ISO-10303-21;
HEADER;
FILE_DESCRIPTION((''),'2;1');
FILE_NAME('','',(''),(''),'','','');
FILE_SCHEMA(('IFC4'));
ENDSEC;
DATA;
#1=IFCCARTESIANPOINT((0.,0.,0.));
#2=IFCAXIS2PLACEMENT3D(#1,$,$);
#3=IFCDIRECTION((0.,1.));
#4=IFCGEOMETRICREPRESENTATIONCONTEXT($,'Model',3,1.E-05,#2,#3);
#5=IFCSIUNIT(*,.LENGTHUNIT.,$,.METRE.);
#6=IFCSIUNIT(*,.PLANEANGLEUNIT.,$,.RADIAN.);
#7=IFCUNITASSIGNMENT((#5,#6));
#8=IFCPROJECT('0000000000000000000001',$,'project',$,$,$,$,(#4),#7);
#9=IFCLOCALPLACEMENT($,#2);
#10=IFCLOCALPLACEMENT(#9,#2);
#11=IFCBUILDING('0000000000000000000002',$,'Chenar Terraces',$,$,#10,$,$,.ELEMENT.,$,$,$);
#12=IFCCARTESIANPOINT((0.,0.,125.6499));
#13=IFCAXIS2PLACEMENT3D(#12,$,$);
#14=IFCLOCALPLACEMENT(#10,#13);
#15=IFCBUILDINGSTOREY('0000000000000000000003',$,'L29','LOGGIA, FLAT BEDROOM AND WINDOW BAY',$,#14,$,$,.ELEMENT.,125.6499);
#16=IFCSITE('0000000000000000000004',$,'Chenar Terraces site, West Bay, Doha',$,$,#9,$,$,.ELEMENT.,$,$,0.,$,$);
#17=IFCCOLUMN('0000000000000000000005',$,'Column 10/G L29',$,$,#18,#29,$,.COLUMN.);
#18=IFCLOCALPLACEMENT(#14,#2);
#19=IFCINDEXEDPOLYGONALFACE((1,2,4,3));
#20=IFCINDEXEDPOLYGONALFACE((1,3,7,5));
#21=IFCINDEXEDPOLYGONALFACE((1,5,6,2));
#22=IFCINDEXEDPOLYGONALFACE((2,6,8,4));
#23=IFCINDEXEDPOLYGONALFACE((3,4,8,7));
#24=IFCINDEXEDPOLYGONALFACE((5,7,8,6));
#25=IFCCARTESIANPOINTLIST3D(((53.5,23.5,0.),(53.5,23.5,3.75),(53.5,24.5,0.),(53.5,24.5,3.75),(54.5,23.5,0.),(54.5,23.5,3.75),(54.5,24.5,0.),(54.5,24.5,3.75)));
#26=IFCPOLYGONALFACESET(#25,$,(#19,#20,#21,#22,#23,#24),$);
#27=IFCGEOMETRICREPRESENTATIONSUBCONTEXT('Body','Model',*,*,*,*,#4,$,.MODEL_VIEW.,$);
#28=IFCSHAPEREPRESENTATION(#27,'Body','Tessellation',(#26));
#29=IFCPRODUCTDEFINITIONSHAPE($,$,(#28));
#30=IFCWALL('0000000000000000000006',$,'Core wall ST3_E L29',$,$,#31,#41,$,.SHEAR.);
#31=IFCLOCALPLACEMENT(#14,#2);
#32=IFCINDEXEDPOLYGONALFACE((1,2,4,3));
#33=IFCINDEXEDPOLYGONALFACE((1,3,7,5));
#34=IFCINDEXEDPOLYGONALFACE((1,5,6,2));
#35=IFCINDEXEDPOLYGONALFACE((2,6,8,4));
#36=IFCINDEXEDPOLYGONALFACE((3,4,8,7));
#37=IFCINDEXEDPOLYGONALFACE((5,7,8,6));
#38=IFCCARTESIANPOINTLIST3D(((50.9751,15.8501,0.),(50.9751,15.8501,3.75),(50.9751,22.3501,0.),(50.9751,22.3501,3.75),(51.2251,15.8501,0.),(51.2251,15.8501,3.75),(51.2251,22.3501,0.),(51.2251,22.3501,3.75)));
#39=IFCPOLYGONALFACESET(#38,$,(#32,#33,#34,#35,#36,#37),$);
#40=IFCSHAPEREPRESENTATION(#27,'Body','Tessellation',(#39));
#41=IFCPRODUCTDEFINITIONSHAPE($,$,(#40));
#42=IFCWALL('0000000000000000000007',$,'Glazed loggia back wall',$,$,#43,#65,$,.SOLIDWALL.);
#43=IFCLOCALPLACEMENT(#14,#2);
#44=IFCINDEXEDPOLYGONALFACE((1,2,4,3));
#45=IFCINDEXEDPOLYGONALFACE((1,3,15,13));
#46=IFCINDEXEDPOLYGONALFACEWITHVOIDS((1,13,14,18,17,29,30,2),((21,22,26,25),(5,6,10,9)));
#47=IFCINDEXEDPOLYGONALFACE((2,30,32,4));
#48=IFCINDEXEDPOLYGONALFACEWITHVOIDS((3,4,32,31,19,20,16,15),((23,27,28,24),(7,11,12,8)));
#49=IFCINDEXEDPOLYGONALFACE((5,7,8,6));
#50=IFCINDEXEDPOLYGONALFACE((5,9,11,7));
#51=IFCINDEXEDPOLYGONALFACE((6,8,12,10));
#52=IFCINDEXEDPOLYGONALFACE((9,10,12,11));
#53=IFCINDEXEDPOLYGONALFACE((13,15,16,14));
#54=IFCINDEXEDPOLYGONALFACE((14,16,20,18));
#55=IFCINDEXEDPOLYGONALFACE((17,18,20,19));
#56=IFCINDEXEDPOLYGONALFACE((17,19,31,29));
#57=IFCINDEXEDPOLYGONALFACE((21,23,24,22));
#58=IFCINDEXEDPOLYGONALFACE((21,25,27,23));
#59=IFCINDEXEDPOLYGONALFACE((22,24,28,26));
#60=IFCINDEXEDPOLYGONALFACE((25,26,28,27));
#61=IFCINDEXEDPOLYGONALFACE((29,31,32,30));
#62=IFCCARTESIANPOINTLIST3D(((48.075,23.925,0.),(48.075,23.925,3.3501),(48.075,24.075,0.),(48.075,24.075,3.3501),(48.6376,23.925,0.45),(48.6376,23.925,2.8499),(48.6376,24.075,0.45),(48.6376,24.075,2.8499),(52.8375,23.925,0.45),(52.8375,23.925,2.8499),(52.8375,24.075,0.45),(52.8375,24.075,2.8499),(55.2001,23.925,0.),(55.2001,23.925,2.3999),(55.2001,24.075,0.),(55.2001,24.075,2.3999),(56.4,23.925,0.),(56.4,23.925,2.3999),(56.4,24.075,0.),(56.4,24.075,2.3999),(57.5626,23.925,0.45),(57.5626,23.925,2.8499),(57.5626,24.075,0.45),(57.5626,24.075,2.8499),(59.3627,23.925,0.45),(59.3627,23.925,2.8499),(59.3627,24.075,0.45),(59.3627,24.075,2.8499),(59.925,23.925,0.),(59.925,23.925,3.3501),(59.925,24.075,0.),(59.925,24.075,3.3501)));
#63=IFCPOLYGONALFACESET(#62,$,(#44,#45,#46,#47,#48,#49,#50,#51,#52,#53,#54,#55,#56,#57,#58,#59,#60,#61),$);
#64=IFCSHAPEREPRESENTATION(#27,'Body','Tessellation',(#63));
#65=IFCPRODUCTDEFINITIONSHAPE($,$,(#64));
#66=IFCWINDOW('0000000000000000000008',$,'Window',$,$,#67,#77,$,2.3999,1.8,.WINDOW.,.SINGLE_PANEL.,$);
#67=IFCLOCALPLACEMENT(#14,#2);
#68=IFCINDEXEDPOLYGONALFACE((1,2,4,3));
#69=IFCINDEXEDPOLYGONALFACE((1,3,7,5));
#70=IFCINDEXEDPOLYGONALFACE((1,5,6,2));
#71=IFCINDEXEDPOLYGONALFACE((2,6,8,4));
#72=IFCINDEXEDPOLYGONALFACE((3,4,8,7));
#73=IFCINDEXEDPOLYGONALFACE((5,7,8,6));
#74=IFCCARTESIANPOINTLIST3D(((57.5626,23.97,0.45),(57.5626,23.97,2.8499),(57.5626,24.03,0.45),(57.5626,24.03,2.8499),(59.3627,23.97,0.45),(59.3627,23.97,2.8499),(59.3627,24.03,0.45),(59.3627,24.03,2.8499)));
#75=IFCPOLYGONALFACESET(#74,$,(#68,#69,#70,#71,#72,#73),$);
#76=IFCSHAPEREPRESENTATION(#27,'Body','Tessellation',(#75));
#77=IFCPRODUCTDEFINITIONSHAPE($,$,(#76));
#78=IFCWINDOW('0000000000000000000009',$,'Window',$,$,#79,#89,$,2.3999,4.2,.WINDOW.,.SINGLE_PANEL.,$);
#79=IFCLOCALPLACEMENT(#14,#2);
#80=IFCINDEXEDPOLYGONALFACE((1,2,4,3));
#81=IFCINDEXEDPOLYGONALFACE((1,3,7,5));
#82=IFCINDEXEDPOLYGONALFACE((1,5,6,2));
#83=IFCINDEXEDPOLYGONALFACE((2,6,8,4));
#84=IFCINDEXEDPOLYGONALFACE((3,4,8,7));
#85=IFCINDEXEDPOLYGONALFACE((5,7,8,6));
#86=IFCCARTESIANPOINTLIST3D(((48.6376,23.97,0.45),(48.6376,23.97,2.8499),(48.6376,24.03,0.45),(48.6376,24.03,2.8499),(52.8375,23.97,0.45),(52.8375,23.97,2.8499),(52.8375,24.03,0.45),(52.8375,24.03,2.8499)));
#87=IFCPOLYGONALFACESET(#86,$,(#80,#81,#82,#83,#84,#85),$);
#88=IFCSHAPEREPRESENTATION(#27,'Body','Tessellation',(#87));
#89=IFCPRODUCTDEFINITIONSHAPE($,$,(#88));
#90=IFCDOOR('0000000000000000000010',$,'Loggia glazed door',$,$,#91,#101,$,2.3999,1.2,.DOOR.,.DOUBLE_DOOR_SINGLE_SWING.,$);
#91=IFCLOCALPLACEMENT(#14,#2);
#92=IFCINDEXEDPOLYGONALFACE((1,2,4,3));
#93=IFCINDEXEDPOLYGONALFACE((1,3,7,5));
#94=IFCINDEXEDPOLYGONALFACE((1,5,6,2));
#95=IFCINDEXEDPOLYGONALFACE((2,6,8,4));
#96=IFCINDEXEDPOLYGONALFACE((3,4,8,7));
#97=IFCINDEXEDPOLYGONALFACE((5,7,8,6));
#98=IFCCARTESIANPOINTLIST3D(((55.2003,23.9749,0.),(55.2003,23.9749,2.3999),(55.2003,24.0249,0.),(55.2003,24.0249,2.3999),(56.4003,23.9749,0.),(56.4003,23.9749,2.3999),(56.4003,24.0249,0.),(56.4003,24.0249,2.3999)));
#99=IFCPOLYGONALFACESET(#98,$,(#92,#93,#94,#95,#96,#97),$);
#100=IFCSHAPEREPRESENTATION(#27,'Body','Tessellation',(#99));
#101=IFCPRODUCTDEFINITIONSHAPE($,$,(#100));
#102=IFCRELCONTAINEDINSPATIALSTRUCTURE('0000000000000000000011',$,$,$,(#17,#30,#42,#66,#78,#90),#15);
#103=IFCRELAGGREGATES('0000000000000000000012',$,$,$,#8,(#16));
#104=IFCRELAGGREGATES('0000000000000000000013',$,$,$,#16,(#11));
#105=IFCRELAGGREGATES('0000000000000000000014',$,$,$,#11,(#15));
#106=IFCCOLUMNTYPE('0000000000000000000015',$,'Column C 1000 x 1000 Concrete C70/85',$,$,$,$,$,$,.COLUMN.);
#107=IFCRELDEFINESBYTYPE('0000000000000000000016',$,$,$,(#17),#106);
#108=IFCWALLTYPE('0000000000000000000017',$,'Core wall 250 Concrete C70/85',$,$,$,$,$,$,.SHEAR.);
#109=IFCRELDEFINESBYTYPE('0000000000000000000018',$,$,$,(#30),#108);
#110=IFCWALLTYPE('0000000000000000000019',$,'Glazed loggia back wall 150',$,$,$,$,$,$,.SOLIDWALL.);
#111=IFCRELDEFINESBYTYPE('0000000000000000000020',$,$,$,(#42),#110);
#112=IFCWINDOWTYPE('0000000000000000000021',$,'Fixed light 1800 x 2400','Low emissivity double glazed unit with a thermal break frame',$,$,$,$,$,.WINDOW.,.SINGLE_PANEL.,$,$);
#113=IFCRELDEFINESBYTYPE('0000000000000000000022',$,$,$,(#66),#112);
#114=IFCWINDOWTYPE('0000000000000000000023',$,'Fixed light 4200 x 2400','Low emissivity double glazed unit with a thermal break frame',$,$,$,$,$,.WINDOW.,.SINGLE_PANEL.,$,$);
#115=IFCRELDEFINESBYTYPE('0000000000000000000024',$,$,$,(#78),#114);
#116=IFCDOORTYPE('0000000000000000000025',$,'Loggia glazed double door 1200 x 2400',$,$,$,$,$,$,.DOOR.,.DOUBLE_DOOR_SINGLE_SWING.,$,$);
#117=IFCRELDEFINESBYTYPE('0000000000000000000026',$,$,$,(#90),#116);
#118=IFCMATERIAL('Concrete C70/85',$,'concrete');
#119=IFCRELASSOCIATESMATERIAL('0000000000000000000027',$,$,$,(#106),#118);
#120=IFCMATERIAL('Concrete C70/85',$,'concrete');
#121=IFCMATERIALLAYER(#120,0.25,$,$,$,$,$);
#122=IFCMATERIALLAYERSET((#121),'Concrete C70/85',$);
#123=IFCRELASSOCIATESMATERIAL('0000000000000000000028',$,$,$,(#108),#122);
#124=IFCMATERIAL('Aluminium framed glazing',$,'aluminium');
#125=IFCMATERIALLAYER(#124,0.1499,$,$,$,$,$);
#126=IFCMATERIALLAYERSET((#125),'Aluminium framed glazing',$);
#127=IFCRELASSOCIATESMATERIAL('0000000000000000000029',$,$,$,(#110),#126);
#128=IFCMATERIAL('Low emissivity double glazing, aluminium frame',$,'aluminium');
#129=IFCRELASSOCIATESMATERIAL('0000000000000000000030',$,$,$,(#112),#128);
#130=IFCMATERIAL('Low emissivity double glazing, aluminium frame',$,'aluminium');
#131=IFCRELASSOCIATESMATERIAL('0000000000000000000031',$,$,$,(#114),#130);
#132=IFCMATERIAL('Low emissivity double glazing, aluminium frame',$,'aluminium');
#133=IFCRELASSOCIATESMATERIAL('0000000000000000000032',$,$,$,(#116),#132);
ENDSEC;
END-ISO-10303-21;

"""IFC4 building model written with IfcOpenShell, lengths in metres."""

from ifc_helpers import new_model, si_unit, direction, frame, frame_2d, origin, origin_2d, place, context, subcontext, project, spatial, rectangle, extrude, material, layer, layer_set, material_profile, profile_set, type_object, element, fill, save


model = new_model("IFC4")

# Units and contexts
model_context = context("Model", 3, precision=1e-05, world=origin(), true_north=direction((0.0, 1.0)))
body_context = subcontext(model_context, "Body", "Model", "MODEL_VIEW")
ifc_project = project(units=[si_unit("LENGTHUNIT", "METRE"), si_unit("PLANEANGLEUNIT", "RADIAN")], contexts=[model_context])

# Site, building, storey
site_placement = place(None, origin())
site = spatial("IfcSite", under=ifc_project, at=site_placement, Name="Chenar Terraces site, West Bay, Doha", CompositionType="ELEMENT", RefElevation=0.0)
building_placement = place(site_placement, origin())
building = spatial("IfcBuilding", under=site, at=building_placement, Name="Chenar Terraces", CompositionType="ELEMENT")
storey_placement = place(building_placement, frame((0.0, 0.0, 125.6499)))
storey = spatial("IfcBuildingStorey", under=building, at=storey_placement, Name="L29", Description="LOGGIA, FLAT BEDROOM AND WINDOW BAY", CompositionType="ELEMENT", Elevation=125.6499)

# Column
ifc_material_1 = material(Name="Concrete C70/85", Category="concrete")
ifc_material_profile = material_profile(ifc_material_1, rectangle(XDim=1.0, YDim=1.0, at=origin_2d()), Name="C 1000 x 1000")
ifc_profile_set = profile_set([ifc_material_profile], Name="Concrete C70/85")
column_type = type_object("IfcColumnType", Name="Column C 1000 x 1000 Concrete C70/85", PredefinedType="COLUMN", material=ifc_profile_set)
column_placement = place(storey_placement, frame((54.0, 24.0, 0.0), z_axis=(0.0, 0.0, 1.0), x_axis=(1.0, 0.0, 0.0)))
element("IfcColumn", 1, at=column_placement, inside=storey, type_object=column_type, Name="Column 10/G L29", PredefinedType="COLUMN", context=body_context, shape_type="SweptSolid", body=[
    extrude(rectangle(XDim=1.0, YDim=1.0, at=origin_2d()), origin(), (0.0, 0.0, 1.0), 3.75),
])

# Wall
ifc_material_2 = material(Name="Concrete C70/85", Category="concrete")
ifc_layer_1 = layer(ifc_material_2, 0.25)
ifc_layer_set_1 = layer_set([ifc_layer_1], Name="Concrete C70/85")
wall_type_1 = type_object("IfcWallType", Name="Core wall 250 Concrete C70/85", PredefinedType="SHEAR", material=ifc_layer_set_1)
wall_1_placement = place(storey_placement, frame((51.1001, 15.8501, 0.0), z_axis=(0.0, 0.0, 1.0), x_axis=(0.0, 1.0, 0.0)))
element("IfcWall", 2, at=wall_1_placement, inside=storey, type_object=wall_type_1, Name="Core wall ST3_E L29", PredefinedType="SHEAR", context=body_context, shape_type="SweptSolid", body=[
    extrude(rectangle(XDim=6.5, YDim=0.25, at=frame_2d((3.25, 0.0))), origin(), (0.0, 0.0, 1.0), 3.75),
])

# Wall, openings, windows, door
ifc_material_3 = material(Name="Aluminium framed glazing", Category="aluminium")
ifc_layer_2 = layer(ifc_material_3, 0.1499)
ifc_layer_set_2 = layer_set([ifc_layer_2], Name="Aluminium framed glazing")
wall_type_2 = type_object("IfcWallType", Name="Glazed loggia back wall 150", PredefinedType="SOLIDWALL", material=ifc_layer_set_2)
wall_2_placement = place(storey_placement, frame((59.925, 24.0, 0.0), z_axis=(0.0, 0.0, 1.0), x_axis=(-1.0, 0.0, 0.0)))
wall_2 = element("IfcWall", 3, at=wall_2_placement, inside=storey, type_object=wall_type_2, Name="Glazed loggia back wall", PredefinedType="SOLIDWALL", context=body_context, shape_type="SweptSolid", body=[
    extrude(rectangle(XDim=11.8501, YDim=0.1499, at=frame_2d((5.925, 0.0))), origin(), (0.0, 0.0, 1.0), 3.3501),
])
opening_1_placement = place(wall_2_placement, frame((0.5625, 0.0, 0.45)))
opening_1 = element("IfcOpeningElement", 4, at=opening_1_placement, cuts=wall_2, PredefinedType="OPENING", context=body_context, shape_type="SweptSolid", body=[
    extrude(rectangle(XDim=1.8, YDim=2.3999, at=frame_2d((0.8999, 1.2))), frame((0.0, 0.085, 0.0), z_axis=(0.0, -1.0, 0.0), x_axis=(1.0, 0.0, 0.0)), (0.0, 0.0, 1.0), 0.1699),
])
opening_2_placement = place(wall_2_placement, frame((3.5249, 0.0, 0.0)))
opening_2 = element("IfcOpeningElement", 5, at=opening_2_placement, cuts=wall_2, PredefinedType="OPENING", context=body_context, shape_type="SweptSolid", body=[
    extrude(rectangle(XDim=1.2, YDim=2.3999, at=frame_2d((0.6001, 1.2))), frame((0.0, 0.085, 0.0), z_axis=(0.0, -1.0, 0.0), x_axis=(1.0, 0.0, 0.0)), (0.0, 0.0, 1.0), 0.1699),
])
opening_3_placement = place(wall_2_placement, frame((7.0874, 0.0, 0.45)))
opening_3 = element("IfcOpeningElement", 6, at=opening_3_placement, cuts=wall_2, PredefinedType="OPENING", context=body_context, shape_type="SweptSolid", body=[
    extrude(rectangle(XDim=4.2, YDim=2.3999, at=frame_2d((2.1001, 1.2))), frame((0.0, 0.085, 0.0), z_axis=(0.0, -1.0, 0.0), x_axis=(1.0, 0.0, 0.0)), (0.0, 0.0, 1.0), 0.1699),
])
ifc_material_4 = material(Name="Low emissivity double glazing, aluminium frame", Category="aluminium")
window_type_1 = type_object("IfcWindowType", Name="Fixed light 1800 x 2400", Description="Low emissivity double glazed unit with a thermal break frame", PartitioningType="SINGLE_PANEL", PredefinedType="WINDOW", material=ifc_material_4)
window_1_placement = place(opening_1_placement, origin())
window_1 = element("IfcWindow", 7, at=window_1_placement, inside=storey, type_object=window_type_1, Name="Window", OverallHeight=2.3999, OverallWidth=1.8, PartitioningType="SINGLE_PANEL", PredefinedType="WINDOW", context=body_context, shape_type="SweptSolid", body=[
    extrude(rectangle(XDim=1.8, YDim=2.3999, at=frame_2d((0.8999, 1.2))), frame((0.0, 0.03, 0.0), z_axis=(0.0, -1.0, 0.0), x_axis=(1.0, 0.0, 0.0)), (0.0, 0.0, 1.0), 0.0601),
])
fill(opening_1, window_1)
ifc_material_5 = material(Name="Low emissivity double glazing, aluminium frame", Category="aluminium")
window_type_2 = type_object("IfcWindowType", Name="Fixed light 4200 x 2400", Description="Low emissivity double glazed unit with a thermal break frame", PartitioningType="SINGLE_PANEL", PredefinedType="WINDOW", material=ifc_material_5)
window_2_placement = place(opening_3_placement, origin())
window_2 = element("IfcWindow", 8, at=window_2_placement, inside=storey, type_object=window_type_2, Name="Window", OverallHeight=2.3999, OverallWidth=4.2, PartitioningType="SINGLE_PANEL", PredefinedType="WINDOW", context=body_context, shape_type="SweptSolid", body=[
    extrude(rectangle(XDim=4.2, YDim=2.3999, at=frame_2d((2.1001, 1.2))), frame((0.0, 0.03, 0.0), z_axis=(0.0, -1.0, 0.0), x_axis=(1.0, 0.0, 0.0)), (0.0, 0.0, 1.0), 0.0601),
])
fill(opening_3, window_2)
ifc_material_6 = material(Name="Low emissivity double glazing, aluminium frame", Category="aluminium")
door_type_1 = type_object("IfcDoorType", Name="Loggia glazed double door 1200 x 2400", OperationType="DOUBLE_DOOR_SINGLE_SWING", PredefinedType="DOOR", material=ifc_material_6)
door_1_placement = place(opening_2_placement, frame((1.2, 0.0, 0.0), z_axis=(0.0, 0.0, 1.0), x_axis=(-1.0, 0.0, 0.0)))
door_1 = element("IfcDoor", 9, at=door_1_placement, inside=storey, type_object=door_type_1, Name="Loggia glazed door", OperationType="DOUBLE_DOOR_SINGLE_SWING", OverallHeight=2.3999, OverallWidth=1.2, PredefinedType="DOOR", context=body_context, shape_type="SweptSolid", body=[
    extrude(rectangle(XDim=1.2, YDim=2.3999, at=frame_2d((0.6001, 1.2))), frame((0.0, 0.0249, 0.0), z_axis=(0.0, -1.0, 0.0), x_axis=(1.0, 0.0, 0.0)), (0.0, 0.0, 1.0), 0.05),
])
fill(opening_2, door_1)

save(model, "model.ifc")
